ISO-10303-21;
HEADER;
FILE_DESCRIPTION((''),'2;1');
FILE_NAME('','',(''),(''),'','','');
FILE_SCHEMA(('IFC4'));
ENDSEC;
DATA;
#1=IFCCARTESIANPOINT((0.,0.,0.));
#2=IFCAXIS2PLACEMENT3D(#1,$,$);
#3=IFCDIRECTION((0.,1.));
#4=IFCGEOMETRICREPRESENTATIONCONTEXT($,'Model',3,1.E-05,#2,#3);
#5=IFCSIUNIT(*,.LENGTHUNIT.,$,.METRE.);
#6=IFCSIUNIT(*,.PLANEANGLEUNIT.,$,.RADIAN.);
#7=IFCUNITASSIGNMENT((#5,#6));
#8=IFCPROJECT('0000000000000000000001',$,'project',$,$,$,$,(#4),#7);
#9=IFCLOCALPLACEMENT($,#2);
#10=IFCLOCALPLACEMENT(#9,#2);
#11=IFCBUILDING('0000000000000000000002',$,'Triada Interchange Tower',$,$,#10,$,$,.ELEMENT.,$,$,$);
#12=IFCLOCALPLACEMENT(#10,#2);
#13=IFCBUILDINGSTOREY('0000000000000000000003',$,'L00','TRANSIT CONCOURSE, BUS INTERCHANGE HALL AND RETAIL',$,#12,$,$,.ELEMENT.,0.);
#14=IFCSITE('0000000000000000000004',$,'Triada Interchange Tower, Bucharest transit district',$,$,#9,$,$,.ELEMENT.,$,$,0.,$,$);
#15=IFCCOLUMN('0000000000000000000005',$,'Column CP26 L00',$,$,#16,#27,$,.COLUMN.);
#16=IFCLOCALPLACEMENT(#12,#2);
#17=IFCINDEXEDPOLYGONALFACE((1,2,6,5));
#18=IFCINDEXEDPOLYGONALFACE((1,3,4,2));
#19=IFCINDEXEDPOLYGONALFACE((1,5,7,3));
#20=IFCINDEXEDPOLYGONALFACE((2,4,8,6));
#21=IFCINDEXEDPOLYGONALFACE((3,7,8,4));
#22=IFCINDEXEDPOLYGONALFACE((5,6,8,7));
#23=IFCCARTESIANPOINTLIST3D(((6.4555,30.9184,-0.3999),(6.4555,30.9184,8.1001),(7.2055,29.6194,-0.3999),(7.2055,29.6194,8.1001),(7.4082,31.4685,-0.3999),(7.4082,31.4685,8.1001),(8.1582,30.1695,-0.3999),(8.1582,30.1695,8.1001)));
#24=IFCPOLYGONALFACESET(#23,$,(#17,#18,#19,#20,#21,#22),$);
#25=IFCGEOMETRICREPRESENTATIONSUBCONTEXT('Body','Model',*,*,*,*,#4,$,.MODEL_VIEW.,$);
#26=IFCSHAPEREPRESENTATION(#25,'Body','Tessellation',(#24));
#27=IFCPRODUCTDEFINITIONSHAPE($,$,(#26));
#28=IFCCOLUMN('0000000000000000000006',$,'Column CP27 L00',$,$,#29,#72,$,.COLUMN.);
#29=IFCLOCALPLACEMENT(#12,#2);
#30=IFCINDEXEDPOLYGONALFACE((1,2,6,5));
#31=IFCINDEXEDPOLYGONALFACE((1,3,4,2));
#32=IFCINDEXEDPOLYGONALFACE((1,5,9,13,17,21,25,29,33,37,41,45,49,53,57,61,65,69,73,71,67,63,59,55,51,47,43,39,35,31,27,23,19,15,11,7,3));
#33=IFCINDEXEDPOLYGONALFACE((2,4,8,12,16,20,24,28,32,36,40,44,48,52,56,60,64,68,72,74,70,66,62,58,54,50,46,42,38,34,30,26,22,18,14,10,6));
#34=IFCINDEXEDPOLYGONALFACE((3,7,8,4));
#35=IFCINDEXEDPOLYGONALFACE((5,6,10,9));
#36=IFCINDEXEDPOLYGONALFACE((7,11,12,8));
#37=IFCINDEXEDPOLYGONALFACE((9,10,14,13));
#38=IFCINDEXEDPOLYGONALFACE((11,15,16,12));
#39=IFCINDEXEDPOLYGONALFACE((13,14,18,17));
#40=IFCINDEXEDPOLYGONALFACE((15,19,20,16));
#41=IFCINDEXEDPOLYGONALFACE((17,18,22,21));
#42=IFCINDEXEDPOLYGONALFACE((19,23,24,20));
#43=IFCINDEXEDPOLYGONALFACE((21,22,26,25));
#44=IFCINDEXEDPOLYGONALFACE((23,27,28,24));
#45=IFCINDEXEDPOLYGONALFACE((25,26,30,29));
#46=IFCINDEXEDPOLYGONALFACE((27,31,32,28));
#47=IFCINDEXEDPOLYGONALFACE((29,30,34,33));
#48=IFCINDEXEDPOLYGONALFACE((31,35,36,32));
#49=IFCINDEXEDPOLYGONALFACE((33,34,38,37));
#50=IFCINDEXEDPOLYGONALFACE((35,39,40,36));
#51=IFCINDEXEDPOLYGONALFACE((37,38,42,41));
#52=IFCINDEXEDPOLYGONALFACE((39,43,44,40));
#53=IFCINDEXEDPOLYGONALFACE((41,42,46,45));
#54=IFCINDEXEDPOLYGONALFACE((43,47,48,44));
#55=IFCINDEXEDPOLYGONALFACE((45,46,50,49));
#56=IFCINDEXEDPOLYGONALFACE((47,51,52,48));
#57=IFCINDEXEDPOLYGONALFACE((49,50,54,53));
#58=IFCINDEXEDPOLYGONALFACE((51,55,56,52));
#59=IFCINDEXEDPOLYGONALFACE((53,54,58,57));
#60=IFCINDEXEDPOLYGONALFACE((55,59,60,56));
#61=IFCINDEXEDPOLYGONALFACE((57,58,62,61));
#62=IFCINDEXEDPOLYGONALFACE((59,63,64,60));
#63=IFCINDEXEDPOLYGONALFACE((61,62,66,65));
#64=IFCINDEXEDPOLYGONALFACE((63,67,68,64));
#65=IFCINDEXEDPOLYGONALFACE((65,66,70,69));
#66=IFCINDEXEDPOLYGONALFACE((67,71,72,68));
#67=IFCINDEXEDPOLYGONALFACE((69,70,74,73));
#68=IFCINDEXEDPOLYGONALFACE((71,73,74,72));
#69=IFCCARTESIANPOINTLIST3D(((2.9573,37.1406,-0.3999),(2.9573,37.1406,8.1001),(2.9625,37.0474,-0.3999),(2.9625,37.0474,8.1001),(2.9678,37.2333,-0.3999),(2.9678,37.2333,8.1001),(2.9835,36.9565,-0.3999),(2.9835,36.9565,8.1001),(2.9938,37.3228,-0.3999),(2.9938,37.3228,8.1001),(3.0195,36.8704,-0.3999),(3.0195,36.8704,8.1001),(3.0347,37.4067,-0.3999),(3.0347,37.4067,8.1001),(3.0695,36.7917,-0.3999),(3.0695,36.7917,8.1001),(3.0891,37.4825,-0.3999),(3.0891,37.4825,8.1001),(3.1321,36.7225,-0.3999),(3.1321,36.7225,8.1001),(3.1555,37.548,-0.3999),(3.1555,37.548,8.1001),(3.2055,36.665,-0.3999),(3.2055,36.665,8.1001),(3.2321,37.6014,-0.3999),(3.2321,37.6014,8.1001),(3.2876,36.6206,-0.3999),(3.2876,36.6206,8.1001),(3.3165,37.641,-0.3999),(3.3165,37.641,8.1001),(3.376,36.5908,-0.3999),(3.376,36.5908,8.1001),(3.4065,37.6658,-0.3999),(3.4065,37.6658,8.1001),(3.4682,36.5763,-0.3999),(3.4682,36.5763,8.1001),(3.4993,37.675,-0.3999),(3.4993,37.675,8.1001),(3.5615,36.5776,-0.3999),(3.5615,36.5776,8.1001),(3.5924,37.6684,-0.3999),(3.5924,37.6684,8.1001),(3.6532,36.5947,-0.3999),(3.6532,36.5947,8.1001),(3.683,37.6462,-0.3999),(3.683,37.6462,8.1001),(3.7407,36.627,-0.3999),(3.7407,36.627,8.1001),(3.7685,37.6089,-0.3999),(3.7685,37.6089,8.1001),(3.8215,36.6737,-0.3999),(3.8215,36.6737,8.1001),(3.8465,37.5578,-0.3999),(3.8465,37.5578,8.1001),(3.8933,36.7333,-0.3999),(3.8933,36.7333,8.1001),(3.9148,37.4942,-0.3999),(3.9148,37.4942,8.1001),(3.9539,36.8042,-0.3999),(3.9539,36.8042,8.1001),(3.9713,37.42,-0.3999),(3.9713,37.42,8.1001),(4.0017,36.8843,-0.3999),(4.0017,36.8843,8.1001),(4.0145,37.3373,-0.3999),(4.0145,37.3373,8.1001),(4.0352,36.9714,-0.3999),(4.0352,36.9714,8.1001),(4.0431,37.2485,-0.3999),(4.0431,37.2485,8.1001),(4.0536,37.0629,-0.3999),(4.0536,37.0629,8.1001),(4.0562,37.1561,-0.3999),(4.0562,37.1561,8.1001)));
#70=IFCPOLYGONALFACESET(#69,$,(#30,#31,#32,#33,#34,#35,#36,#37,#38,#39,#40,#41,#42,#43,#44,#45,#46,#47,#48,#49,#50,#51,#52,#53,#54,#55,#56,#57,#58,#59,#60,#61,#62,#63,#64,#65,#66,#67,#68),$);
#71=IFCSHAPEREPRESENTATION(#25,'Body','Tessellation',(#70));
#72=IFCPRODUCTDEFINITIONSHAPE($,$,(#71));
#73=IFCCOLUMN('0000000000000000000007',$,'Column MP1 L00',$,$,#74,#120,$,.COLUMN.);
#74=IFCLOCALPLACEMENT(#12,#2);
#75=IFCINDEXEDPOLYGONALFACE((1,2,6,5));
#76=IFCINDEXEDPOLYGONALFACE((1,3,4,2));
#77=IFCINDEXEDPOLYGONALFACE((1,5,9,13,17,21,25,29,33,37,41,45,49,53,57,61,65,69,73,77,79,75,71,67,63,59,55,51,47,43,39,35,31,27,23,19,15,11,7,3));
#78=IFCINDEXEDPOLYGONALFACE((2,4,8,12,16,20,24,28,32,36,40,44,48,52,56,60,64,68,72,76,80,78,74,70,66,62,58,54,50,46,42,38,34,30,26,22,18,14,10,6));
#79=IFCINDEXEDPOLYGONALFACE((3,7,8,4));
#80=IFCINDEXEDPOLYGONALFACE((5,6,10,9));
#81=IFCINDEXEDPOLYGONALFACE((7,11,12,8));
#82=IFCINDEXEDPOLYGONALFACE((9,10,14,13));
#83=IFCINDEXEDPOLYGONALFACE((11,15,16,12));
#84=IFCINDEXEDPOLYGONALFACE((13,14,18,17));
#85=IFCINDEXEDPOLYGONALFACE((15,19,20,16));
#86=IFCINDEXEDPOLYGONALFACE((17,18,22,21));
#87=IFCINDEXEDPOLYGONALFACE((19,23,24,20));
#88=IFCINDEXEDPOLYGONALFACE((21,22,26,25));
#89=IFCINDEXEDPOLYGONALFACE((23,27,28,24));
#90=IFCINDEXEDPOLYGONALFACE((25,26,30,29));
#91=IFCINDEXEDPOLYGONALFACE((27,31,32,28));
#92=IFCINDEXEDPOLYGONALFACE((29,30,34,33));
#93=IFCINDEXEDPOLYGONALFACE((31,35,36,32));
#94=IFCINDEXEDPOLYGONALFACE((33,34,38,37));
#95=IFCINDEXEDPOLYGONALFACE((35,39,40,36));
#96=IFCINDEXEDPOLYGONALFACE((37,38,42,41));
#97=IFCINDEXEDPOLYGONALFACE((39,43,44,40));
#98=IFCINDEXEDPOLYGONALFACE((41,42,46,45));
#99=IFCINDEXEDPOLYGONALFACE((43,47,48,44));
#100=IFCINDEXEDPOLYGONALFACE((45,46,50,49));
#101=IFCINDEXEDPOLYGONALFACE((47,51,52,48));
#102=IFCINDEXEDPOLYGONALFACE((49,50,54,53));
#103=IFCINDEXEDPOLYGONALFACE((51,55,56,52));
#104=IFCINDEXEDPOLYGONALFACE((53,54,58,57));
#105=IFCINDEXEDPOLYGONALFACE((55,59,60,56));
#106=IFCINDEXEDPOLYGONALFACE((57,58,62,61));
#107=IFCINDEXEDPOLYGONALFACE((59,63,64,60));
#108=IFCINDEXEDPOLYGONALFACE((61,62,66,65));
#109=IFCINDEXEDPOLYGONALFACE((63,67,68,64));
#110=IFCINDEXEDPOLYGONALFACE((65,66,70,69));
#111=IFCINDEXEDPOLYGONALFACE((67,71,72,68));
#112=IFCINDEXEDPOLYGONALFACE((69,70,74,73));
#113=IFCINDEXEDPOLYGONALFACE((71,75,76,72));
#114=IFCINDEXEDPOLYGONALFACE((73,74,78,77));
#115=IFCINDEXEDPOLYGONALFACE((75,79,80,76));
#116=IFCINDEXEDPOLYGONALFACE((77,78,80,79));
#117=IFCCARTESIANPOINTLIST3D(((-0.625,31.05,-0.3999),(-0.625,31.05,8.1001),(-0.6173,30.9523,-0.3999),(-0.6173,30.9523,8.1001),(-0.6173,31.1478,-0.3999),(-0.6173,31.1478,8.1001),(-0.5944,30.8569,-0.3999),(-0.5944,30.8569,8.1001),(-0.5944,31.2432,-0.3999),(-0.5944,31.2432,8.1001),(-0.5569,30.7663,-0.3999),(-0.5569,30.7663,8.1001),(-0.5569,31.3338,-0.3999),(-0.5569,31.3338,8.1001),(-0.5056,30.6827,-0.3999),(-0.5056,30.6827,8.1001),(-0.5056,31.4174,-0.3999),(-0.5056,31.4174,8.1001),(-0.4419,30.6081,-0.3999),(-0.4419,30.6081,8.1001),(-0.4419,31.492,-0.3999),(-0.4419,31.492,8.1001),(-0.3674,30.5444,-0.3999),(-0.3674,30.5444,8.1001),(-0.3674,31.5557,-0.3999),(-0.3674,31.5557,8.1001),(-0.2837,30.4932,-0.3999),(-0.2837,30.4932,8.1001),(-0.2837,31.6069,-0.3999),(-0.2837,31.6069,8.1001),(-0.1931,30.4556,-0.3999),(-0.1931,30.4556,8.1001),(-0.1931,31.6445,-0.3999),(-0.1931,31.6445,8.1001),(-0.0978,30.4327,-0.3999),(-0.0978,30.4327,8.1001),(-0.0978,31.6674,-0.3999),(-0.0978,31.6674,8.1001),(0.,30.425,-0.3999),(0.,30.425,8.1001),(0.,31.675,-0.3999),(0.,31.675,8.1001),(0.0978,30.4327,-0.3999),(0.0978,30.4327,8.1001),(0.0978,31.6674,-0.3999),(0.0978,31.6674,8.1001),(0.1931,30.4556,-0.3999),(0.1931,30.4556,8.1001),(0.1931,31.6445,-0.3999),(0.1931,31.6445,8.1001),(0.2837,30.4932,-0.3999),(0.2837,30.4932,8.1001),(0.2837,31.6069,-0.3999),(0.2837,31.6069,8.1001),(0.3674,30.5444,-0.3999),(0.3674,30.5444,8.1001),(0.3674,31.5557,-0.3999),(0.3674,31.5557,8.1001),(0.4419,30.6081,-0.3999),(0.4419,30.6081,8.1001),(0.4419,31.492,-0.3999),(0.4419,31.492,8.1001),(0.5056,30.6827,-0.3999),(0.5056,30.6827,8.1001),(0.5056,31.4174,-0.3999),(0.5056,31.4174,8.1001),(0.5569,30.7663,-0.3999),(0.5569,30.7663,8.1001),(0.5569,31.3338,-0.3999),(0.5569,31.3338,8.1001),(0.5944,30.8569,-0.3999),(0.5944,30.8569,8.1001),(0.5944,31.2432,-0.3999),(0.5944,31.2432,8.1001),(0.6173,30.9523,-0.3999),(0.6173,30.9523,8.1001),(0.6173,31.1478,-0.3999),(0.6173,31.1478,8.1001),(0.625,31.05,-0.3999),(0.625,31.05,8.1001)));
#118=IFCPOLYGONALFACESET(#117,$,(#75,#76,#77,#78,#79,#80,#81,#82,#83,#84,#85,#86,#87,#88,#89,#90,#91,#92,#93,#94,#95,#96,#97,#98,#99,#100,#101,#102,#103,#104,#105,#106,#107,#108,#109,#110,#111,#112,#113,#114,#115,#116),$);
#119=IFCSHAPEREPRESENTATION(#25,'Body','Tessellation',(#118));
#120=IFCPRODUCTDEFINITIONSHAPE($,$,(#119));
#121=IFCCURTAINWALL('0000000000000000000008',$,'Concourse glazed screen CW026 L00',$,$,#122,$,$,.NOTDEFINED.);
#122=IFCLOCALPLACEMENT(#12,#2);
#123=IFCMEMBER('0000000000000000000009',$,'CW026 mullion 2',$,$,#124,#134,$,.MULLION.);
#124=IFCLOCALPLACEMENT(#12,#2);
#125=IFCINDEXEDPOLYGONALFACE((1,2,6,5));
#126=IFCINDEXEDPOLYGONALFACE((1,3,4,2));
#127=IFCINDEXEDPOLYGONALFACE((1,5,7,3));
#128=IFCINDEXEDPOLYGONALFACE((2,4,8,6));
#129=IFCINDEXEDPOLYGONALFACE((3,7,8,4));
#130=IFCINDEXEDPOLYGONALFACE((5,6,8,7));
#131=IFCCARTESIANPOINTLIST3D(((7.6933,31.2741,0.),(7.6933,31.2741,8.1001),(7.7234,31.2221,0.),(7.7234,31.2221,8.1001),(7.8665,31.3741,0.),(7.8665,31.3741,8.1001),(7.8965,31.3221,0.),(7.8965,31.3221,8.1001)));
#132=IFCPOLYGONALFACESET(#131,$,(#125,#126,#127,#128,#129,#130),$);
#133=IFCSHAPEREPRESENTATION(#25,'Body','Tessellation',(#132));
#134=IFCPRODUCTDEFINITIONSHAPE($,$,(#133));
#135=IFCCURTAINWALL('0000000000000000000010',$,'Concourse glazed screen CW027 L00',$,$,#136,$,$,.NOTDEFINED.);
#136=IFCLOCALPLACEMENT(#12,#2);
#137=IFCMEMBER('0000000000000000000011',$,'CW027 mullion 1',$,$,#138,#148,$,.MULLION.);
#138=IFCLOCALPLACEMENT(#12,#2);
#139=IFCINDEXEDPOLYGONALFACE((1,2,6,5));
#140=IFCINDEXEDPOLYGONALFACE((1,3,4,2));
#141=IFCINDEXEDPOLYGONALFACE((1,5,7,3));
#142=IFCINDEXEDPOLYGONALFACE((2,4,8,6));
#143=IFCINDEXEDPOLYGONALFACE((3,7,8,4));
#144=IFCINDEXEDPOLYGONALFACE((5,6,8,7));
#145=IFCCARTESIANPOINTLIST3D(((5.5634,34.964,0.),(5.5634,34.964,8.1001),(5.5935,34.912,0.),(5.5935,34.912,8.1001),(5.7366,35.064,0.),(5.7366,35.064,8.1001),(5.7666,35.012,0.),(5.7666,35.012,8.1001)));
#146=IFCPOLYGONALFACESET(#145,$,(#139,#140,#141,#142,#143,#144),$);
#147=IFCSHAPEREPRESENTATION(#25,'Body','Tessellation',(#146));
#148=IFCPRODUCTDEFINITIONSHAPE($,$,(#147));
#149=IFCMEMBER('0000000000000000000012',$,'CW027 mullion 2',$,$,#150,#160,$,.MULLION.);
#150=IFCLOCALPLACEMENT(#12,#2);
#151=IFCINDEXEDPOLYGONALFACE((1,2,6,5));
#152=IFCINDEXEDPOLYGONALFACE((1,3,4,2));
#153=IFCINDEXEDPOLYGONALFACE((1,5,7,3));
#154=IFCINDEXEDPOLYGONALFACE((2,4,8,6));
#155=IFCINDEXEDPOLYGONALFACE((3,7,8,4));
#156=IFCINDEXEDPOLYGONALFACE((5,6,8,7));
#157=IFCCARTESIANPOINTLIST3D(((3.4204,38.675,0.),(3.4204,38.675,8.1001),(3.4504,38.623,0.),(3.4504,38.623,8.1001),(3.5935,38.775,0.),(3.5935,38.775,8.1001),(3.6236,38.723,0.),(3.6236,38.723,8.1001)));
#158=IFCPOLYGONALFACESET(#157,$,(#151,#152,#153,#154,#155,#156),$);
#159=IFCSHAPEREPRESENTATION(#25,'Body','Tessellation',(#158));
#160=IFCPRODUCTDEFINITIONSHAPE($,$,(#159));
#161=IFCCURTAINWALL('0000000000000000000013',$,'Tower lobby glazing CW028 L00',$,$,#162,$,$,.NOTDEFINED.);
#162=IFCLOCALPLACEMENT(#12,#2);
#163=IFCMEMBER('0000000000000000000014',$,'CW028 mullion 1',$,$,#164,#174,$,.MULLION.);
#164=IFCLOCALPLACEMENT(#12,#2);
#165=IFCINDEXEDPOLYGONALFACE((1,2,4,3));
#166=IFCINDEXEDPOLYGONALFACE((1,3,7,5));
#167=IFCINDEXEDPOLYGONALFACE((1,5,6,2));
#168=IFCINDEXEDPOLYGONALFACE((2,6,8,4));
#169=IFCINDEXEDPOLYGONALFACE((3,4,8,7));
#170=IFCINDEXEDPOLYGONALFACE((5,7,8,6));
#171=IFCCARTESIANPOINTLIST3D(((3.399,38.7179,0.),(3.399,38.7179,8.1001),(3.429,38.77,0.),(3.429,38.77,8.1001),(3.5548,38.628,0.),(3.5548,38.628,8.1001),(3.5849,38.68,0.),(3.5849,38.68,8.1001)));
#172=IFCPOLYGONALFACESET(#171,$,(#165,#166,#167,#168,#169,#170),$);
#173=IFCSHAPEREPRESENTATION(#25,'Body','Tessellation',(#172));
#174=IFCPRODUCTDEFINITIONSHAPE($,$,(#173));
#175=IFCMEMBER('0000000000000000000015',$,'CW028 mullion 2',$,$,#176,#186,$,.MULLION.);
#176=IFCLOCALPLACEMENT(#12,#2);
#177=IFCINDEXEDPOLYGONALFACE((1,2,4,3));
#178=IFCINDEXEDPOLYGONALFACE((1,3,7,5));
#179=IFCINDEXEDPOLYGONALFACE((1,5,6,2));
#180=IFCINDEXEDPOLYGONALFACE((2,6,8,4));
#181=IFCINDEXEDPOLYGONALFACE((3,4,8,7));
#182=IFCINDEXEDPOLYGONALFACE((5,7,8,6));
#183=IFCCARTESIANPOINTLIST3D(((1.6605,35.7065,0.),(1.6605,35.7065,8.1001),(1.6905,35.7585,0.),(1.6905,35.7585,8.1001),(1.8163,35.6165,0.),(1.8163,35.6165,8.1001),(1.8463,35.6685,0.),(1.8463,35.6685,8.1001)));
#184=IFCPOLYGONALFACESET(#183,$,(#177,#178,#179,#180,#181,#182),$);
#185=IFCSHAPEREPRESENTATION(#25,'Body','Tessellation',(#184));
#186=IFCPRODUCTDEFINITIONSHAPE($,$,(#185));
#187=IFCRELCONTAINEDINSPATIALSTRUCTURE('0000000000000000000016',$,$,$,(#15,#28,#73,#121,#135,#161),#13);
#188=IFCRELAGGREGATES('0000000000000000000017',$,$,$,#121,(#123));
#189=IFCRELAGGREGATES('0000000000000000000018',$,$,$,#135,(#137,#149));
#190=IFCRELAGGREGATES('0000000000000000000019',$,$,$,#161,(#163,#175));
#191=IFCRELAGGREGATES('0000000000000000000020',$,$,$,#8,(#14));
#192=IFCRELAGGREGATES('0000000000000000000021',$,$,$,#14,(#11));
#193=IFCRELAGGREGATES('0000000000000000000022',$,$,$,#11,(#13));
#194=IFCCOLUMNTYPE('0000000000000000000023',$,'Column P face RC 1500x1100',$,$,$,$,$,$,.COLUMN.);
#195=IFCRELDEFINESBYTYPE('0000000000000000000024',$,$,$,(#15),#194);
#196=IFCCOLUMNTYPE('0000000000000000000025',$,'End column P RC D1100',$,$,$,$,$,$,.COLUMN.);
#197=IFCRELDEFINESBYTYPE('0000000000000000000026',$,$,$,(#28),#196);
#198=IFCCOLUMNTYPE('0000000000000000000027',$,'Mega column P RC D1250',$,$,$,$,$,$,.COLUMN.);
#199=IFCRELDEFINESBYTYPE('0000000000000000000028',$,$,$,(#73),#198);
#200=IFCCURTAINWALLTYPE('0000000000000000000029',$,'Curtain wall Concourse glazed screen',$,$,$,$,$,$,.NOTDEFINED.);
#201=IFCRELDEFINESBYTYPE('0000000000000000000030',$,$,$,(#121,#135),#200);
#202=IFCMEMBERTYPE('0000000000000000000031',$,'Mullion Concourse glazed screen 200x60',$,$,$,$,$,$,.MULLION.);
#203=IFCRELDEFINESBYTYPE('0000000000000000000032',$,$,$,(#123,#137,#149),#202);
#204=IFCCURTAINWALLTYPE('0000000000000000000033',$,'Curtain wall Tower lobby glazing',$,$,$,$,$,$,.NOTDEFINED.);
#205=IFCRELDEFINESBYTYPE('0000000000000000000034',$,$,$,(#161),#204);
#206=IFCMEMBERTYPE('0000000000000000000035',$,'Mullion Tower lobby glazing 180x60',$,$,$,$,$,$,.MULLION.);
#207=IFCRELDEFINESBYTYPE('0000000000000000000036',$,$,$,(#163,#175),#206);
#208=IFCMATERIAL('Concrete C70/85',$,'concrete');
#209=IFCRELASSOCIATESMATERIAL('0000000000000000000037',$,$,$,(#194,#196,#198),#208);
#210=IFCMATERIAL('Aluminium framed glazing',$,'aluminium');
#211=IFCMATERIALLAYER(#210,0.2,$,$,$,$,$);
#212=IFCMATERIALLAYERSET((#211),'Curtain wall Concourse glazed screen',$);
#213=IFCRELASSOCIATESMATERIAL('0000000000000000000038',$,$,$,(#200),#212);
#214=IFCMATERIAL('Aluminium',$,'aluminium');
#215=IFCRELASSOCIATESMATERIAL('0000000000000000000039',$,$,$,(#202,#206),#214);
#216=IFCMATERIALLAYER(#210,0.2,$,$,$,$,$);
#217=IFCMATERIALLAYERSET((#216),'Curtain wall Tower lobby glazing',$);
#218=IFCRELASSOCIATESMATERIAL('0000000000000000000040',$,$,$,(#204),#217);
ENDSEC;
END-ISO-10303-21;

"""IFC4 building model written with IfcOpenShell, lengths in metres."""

from ifc_helpers import new_model, si_unit, direction, frame, origin, origin_2d, place, context, subcontext, project, spatial, rectangle, circle, extrude, material, layer, layer_set, material_profile, profile_set, type_object, element, aggregate, save


model = new_model("IFC4")

# Units and contexts
model_context = context("Model", 3, precision=1e-05, world=origin(), true_north=direction((0.0, 1.0)))
body_context = subcontext(model_context, "Body", "Model", "MODEL_VIEW")
ifc_project = project(units=[si_unit("LENGTHUNIT", "METRE"), si_unit("PLANEANGLEUNIT", "RADIAN")], contexts=[model_context])

# Site, building, storey
site_placement = place(None, origin())
site = spatial("IfcSite", under=ifc_project, at=site_placement, Name="Triada Interchange Tower, Bucharest transit district", CompositionType="ELEMENT", RefElevation=0.0)
building_placement = place(site_placement, origin())
building = spatial("IfcBuilding", under=site, at=building_placement, Name="Triada Interchange Tower", CompositionType="ELEMENT")
storey_placement = place(building_placement, origin())
storey = spatial("IfcBuildingStorey", under=building, at=storey_placement, Name="L00", Description="TRANSIT CONCOURSE, BUS INTERCHANGE HALL AND RETAIL", CompositionType="ELEMENT", Elevation=0.0)

# Columns
ifc_material_1 = material(Name="Concrete C70/85", Category="concrete")
ifc_material_profile_1 = material_profile(ifc_material_1, rectangle(XDim=1.5, YDim=1.1001, at=origin_2d()), Name="RC 1500x1100")
ifc_profile_set_1 = profile_set([ifc_material_profile_1], Name="Concrete C70/85")
column_type_1 = type_object("IfcColumnType", Name="Column P face RC 1500x1100", PredefinedType="COLUMN", material=ifc_profile_set_1)
column_1_placement = place(storey_placement, frame((7.3069, 30.5439, -0.3999), z_axis=(0.0, 0.0, 1.0), x_axis=(-0.5, 0.866025, 0.0)))
element("IfcColumn", 1, at=column_1_placement, inside=storey, type_object=column_type_1, Name="Column CP26 L00", PredefinedType="COLUMN", context=body_context, shape_type="SweptSolid", body=[
    extrude(rectangle(XDim=1.5, YDim=1.1001, at=origin_2d()), origin(), (0.0, 0.0, 1.0), 8.5),
])
ifc_material_profile_2 = material_profile(ifc_material_1, circle(Radius=0.55, at=origin_2d()), Name="RC D1100")
ifc_profile_set_2 = profile_set([ifc_material_profile_2], Name="Concrete C70/85")
column_type_2 = type_object("IfcColumnType", Name="End column P RC D1100", PredefinedType="COLUMN", material=ifc_profile_set_2)
column_2_placement = place(storey_placement, frame((3.5071, 37.125, -0.3999), z_axis=(0.0, 0.0, 1.0), x_axis=(-0.5, 0.866025, 0.0)))
element("IfcColumn", 2, at=column_2_placement, inside=storey, type_object=column_type_2, Name="Column CP27 L00", PredefinedType="COLUMN", context=body_context, shape_type="SweptSolid", body=[
    extrude(circle(Radius=0.55, at=origin_2d()), origin(), (0.0, 0.0, 1.0), 8.5),
])
ifc_material_profile_3 = material_profile(ifc_material_1, circle(Radius=0.625, at=origin_2d()), Name="RC D1250")
ifc_profile_set_3 = profile_set([ifc_material_profile_3], Name="Concrete C70/85")
column_type_3 = type_object("IfcColumnType", Name="Mega column P RC D1250", PredefinedType="COLUMN", material=ifc_profile_set_3)
column_3_placement = place(storey_placement, frame((0.0, 31.05, -0.3999), z_axis=(0.0, 0.0, 1.0), x_axis=(1.0, 0.0, 0.0)))
element("IfcColumn", 3, at=column_3_placement, inside=storey, type_object=column_type_3, Name="Column MP1 L00", PredefinedType="COLUMN", context=body_context, shape_type="SweptSolid", body=[
    extrude(circle(Radius=0.625, at=origin_2d()), origin(), (0.0, 0.0, 1.0), 8.5),
])

# Curtain wall, member
ifc_material_2 = material(Name="Aluminium framed glazing", Category="aluminium")
ifc_layer_1 = layer(ifc_material_2, 0.2)
ifc_layer_set_1 = layer_set([ifc_layer_1], Name="Curtain wall Concourse glazed screen")
curtain_wall_type_1 = type_object("IfcCurtainWallType", Name="Curtain wall Concourse glazed screen", PredefinedType="NOTDEFINED", material=ifc_layer_set_1)
curtain_wall_1_placement = place(storey_placement, origin())
curtain_wall_1 = element("IfcCurtainWall", 4, at=curtain_wall_1_placement, inside=storey, type_object=curtain_wall_type_1, Name="Concourse glazed screen CW026 L00", PredefinedType="NOTDEFINED")
ifc_material_3 = material(Name="Aluminium", Category="aluminium")
ifc_material_profile_4 = material_profile(ifc_material_3, rectangle(XDim=0.2, YDim=0.0601, at=origin_2d()), Name="Aluminium mullion")
ifc_profile_set_4 = profile_set([ifc_material_profile_4], Name="Aluminium")
member_type_1 = type_object("IfcMemberType", Name="Mullion Concourse glazed screen 200x60", PredefinedType="MULLION", material=ifc_profile_set_4)
member_1_placement = place(storey_placement, frame((7.7949, 31.2981, 0.0), z_axis=(0.0, 0.0, 1.0), x_axis=(-0.866049, -0.499959, 0.0)))
member_1 = element("IfcMember", 5, at=member_1_placement, type_object=member_type_1, Name="CW026 mullion 2", PredefinedType="MULLION", context=body_context, shape_type="SweptSolid", body=[
    extrude(rectangle(XDim=0.2, YDim=0.0601, at=origin_2d()), origin(), (0.0, 0.0, 1.0), 8.1001),
])

# Curtain walls, members
curtain_wall_2_placement = place(storey_placement, origin())
curtain_wall_2 = element("IfcCurtainWall", 6, at=curtain_wall_2_placement, inside=storey, type_object=curtain_wall_type_1, Name="Concourse glazed screen CW027 L00", PredefinedType="NOTDEFINED")
member_2_placement = place(storey_placement, frame((5.665, 34.988, 0.0), z_axis=(0.0, 0.0, 1.0), x_axis=(-0.865982, -0.500074, 0.0)))
member_2 = element("IfcMember", 7, at=member_2_placement, type_object=member_type_1, Name="CW027 mullion 1", PredefinedType="MULLION", context=body_context, shape_type="SweptSolid", body=[
    extrude(rectangle(XDim=0.2, YDim=0.0601, at=origin_2d()), origin(), (0.0, 0.0, 1.0), 8.1001),
])
member_3_placement = place(storey_placement, frame((3.522, 38.699, 0.0), z_axis=(0.0, 0.0, 1.0), x_axis=(-0.865982, -0.500074, 0.0)))
member_3 = element("IfcMember", 8, at=member_3_placement, type_object=member_type_1, Name="CW027 mullion 2", PredefinedType="MULLION", context=body_context, shape_type="SweptSolid", body=[
    extrude(rectangle(XDim=0.2, YDim=0.0601, at=origin_2d()), origin(), (0.0, 0.0, 1.0), 8.1001),
])
ifc_layer_2 = layer(ifc_material_2, 0.2)
ifc_layer_set_2 = layer_set([ifc_layer_2], Name="Curtain wall Tower lobby glazing")
curtain_wall_type_2 = type_object("IfcCurtainWallType", Name="Curtain wall Tower lobby glazing", PredefinedType="NOTDEFINED", material=ifc_layer_set_2)
curtain_wall_3_placement = place(storey_placement, origin())
curtain_wall_3 = element("IfcCurtainWall", 9, at=curtain_wall_3_placement, inside=storey, type_object=curtain_wall_type_2, Name="Tower lobby glazing CW028 L00", PredefinedType="NOTDEFINED")
ifc_material_profile_5 = material_profile(ifc_material_3, rectangle(XDim=0.1799, YDim=0.0601, at=origin_2d()), Name="Aluminium mullion")
ifc_profile_set_5 = profile_set([ifc_material_profile_5], Name="Aluminium")
member_type_2 = type_object("IfcMemberType", Name="Mullion Tower lobby glazing 180x60", PredefinedType="MULLION", material=ifc_profile_set_5)
member_4_placement = place(storey_placement, frame((3.4919, 38.699, 0.0), z_axis=(0.0, 0.0, 1.0), x_axis=(0.86605, -0.499957, 0.0)))
member_4 = element("IfcMember", 10, at=member_4_placement, type_object=member_type_2, Name="CW028 mullion 1", PredefinedType="MULLION", context=body_context, shape_type="SweptSolid", body=[
    extrude(rectangle(XDim=0.1799, YDim=0.0601, at=origin_2d()), origin(), (0.0, 0.0, 1.0), 8.1001),
])
member_5_placement = place(storey_placement, frame((1.7534, 35.6875, 0.0), z_axis=(0.0, 0.0, 1.0), x_axis=(0.86605, -0.499957, 0.0)))
member_5 = element("IfcMember", 11, at=member_5_placement, type_object=member_type_2, Name="CW028 mullion 2", PredefinedType="MULLION", context=body_context, shape_type="SweptSolid", body=[
    extrude(rectangle(XDim=0.1799, YDim=0.0601, at=origin_2d()), origin(), (0.0, 0.0, 1.0), 8.1001),
])

aggregate(curtain_wall_1, [member_1])
aggregate(curtain_wall_2, [member_2, member_3])
aggregate(curtain_wall_3, [member_4, member_5])

save(model, "model.ifc")
